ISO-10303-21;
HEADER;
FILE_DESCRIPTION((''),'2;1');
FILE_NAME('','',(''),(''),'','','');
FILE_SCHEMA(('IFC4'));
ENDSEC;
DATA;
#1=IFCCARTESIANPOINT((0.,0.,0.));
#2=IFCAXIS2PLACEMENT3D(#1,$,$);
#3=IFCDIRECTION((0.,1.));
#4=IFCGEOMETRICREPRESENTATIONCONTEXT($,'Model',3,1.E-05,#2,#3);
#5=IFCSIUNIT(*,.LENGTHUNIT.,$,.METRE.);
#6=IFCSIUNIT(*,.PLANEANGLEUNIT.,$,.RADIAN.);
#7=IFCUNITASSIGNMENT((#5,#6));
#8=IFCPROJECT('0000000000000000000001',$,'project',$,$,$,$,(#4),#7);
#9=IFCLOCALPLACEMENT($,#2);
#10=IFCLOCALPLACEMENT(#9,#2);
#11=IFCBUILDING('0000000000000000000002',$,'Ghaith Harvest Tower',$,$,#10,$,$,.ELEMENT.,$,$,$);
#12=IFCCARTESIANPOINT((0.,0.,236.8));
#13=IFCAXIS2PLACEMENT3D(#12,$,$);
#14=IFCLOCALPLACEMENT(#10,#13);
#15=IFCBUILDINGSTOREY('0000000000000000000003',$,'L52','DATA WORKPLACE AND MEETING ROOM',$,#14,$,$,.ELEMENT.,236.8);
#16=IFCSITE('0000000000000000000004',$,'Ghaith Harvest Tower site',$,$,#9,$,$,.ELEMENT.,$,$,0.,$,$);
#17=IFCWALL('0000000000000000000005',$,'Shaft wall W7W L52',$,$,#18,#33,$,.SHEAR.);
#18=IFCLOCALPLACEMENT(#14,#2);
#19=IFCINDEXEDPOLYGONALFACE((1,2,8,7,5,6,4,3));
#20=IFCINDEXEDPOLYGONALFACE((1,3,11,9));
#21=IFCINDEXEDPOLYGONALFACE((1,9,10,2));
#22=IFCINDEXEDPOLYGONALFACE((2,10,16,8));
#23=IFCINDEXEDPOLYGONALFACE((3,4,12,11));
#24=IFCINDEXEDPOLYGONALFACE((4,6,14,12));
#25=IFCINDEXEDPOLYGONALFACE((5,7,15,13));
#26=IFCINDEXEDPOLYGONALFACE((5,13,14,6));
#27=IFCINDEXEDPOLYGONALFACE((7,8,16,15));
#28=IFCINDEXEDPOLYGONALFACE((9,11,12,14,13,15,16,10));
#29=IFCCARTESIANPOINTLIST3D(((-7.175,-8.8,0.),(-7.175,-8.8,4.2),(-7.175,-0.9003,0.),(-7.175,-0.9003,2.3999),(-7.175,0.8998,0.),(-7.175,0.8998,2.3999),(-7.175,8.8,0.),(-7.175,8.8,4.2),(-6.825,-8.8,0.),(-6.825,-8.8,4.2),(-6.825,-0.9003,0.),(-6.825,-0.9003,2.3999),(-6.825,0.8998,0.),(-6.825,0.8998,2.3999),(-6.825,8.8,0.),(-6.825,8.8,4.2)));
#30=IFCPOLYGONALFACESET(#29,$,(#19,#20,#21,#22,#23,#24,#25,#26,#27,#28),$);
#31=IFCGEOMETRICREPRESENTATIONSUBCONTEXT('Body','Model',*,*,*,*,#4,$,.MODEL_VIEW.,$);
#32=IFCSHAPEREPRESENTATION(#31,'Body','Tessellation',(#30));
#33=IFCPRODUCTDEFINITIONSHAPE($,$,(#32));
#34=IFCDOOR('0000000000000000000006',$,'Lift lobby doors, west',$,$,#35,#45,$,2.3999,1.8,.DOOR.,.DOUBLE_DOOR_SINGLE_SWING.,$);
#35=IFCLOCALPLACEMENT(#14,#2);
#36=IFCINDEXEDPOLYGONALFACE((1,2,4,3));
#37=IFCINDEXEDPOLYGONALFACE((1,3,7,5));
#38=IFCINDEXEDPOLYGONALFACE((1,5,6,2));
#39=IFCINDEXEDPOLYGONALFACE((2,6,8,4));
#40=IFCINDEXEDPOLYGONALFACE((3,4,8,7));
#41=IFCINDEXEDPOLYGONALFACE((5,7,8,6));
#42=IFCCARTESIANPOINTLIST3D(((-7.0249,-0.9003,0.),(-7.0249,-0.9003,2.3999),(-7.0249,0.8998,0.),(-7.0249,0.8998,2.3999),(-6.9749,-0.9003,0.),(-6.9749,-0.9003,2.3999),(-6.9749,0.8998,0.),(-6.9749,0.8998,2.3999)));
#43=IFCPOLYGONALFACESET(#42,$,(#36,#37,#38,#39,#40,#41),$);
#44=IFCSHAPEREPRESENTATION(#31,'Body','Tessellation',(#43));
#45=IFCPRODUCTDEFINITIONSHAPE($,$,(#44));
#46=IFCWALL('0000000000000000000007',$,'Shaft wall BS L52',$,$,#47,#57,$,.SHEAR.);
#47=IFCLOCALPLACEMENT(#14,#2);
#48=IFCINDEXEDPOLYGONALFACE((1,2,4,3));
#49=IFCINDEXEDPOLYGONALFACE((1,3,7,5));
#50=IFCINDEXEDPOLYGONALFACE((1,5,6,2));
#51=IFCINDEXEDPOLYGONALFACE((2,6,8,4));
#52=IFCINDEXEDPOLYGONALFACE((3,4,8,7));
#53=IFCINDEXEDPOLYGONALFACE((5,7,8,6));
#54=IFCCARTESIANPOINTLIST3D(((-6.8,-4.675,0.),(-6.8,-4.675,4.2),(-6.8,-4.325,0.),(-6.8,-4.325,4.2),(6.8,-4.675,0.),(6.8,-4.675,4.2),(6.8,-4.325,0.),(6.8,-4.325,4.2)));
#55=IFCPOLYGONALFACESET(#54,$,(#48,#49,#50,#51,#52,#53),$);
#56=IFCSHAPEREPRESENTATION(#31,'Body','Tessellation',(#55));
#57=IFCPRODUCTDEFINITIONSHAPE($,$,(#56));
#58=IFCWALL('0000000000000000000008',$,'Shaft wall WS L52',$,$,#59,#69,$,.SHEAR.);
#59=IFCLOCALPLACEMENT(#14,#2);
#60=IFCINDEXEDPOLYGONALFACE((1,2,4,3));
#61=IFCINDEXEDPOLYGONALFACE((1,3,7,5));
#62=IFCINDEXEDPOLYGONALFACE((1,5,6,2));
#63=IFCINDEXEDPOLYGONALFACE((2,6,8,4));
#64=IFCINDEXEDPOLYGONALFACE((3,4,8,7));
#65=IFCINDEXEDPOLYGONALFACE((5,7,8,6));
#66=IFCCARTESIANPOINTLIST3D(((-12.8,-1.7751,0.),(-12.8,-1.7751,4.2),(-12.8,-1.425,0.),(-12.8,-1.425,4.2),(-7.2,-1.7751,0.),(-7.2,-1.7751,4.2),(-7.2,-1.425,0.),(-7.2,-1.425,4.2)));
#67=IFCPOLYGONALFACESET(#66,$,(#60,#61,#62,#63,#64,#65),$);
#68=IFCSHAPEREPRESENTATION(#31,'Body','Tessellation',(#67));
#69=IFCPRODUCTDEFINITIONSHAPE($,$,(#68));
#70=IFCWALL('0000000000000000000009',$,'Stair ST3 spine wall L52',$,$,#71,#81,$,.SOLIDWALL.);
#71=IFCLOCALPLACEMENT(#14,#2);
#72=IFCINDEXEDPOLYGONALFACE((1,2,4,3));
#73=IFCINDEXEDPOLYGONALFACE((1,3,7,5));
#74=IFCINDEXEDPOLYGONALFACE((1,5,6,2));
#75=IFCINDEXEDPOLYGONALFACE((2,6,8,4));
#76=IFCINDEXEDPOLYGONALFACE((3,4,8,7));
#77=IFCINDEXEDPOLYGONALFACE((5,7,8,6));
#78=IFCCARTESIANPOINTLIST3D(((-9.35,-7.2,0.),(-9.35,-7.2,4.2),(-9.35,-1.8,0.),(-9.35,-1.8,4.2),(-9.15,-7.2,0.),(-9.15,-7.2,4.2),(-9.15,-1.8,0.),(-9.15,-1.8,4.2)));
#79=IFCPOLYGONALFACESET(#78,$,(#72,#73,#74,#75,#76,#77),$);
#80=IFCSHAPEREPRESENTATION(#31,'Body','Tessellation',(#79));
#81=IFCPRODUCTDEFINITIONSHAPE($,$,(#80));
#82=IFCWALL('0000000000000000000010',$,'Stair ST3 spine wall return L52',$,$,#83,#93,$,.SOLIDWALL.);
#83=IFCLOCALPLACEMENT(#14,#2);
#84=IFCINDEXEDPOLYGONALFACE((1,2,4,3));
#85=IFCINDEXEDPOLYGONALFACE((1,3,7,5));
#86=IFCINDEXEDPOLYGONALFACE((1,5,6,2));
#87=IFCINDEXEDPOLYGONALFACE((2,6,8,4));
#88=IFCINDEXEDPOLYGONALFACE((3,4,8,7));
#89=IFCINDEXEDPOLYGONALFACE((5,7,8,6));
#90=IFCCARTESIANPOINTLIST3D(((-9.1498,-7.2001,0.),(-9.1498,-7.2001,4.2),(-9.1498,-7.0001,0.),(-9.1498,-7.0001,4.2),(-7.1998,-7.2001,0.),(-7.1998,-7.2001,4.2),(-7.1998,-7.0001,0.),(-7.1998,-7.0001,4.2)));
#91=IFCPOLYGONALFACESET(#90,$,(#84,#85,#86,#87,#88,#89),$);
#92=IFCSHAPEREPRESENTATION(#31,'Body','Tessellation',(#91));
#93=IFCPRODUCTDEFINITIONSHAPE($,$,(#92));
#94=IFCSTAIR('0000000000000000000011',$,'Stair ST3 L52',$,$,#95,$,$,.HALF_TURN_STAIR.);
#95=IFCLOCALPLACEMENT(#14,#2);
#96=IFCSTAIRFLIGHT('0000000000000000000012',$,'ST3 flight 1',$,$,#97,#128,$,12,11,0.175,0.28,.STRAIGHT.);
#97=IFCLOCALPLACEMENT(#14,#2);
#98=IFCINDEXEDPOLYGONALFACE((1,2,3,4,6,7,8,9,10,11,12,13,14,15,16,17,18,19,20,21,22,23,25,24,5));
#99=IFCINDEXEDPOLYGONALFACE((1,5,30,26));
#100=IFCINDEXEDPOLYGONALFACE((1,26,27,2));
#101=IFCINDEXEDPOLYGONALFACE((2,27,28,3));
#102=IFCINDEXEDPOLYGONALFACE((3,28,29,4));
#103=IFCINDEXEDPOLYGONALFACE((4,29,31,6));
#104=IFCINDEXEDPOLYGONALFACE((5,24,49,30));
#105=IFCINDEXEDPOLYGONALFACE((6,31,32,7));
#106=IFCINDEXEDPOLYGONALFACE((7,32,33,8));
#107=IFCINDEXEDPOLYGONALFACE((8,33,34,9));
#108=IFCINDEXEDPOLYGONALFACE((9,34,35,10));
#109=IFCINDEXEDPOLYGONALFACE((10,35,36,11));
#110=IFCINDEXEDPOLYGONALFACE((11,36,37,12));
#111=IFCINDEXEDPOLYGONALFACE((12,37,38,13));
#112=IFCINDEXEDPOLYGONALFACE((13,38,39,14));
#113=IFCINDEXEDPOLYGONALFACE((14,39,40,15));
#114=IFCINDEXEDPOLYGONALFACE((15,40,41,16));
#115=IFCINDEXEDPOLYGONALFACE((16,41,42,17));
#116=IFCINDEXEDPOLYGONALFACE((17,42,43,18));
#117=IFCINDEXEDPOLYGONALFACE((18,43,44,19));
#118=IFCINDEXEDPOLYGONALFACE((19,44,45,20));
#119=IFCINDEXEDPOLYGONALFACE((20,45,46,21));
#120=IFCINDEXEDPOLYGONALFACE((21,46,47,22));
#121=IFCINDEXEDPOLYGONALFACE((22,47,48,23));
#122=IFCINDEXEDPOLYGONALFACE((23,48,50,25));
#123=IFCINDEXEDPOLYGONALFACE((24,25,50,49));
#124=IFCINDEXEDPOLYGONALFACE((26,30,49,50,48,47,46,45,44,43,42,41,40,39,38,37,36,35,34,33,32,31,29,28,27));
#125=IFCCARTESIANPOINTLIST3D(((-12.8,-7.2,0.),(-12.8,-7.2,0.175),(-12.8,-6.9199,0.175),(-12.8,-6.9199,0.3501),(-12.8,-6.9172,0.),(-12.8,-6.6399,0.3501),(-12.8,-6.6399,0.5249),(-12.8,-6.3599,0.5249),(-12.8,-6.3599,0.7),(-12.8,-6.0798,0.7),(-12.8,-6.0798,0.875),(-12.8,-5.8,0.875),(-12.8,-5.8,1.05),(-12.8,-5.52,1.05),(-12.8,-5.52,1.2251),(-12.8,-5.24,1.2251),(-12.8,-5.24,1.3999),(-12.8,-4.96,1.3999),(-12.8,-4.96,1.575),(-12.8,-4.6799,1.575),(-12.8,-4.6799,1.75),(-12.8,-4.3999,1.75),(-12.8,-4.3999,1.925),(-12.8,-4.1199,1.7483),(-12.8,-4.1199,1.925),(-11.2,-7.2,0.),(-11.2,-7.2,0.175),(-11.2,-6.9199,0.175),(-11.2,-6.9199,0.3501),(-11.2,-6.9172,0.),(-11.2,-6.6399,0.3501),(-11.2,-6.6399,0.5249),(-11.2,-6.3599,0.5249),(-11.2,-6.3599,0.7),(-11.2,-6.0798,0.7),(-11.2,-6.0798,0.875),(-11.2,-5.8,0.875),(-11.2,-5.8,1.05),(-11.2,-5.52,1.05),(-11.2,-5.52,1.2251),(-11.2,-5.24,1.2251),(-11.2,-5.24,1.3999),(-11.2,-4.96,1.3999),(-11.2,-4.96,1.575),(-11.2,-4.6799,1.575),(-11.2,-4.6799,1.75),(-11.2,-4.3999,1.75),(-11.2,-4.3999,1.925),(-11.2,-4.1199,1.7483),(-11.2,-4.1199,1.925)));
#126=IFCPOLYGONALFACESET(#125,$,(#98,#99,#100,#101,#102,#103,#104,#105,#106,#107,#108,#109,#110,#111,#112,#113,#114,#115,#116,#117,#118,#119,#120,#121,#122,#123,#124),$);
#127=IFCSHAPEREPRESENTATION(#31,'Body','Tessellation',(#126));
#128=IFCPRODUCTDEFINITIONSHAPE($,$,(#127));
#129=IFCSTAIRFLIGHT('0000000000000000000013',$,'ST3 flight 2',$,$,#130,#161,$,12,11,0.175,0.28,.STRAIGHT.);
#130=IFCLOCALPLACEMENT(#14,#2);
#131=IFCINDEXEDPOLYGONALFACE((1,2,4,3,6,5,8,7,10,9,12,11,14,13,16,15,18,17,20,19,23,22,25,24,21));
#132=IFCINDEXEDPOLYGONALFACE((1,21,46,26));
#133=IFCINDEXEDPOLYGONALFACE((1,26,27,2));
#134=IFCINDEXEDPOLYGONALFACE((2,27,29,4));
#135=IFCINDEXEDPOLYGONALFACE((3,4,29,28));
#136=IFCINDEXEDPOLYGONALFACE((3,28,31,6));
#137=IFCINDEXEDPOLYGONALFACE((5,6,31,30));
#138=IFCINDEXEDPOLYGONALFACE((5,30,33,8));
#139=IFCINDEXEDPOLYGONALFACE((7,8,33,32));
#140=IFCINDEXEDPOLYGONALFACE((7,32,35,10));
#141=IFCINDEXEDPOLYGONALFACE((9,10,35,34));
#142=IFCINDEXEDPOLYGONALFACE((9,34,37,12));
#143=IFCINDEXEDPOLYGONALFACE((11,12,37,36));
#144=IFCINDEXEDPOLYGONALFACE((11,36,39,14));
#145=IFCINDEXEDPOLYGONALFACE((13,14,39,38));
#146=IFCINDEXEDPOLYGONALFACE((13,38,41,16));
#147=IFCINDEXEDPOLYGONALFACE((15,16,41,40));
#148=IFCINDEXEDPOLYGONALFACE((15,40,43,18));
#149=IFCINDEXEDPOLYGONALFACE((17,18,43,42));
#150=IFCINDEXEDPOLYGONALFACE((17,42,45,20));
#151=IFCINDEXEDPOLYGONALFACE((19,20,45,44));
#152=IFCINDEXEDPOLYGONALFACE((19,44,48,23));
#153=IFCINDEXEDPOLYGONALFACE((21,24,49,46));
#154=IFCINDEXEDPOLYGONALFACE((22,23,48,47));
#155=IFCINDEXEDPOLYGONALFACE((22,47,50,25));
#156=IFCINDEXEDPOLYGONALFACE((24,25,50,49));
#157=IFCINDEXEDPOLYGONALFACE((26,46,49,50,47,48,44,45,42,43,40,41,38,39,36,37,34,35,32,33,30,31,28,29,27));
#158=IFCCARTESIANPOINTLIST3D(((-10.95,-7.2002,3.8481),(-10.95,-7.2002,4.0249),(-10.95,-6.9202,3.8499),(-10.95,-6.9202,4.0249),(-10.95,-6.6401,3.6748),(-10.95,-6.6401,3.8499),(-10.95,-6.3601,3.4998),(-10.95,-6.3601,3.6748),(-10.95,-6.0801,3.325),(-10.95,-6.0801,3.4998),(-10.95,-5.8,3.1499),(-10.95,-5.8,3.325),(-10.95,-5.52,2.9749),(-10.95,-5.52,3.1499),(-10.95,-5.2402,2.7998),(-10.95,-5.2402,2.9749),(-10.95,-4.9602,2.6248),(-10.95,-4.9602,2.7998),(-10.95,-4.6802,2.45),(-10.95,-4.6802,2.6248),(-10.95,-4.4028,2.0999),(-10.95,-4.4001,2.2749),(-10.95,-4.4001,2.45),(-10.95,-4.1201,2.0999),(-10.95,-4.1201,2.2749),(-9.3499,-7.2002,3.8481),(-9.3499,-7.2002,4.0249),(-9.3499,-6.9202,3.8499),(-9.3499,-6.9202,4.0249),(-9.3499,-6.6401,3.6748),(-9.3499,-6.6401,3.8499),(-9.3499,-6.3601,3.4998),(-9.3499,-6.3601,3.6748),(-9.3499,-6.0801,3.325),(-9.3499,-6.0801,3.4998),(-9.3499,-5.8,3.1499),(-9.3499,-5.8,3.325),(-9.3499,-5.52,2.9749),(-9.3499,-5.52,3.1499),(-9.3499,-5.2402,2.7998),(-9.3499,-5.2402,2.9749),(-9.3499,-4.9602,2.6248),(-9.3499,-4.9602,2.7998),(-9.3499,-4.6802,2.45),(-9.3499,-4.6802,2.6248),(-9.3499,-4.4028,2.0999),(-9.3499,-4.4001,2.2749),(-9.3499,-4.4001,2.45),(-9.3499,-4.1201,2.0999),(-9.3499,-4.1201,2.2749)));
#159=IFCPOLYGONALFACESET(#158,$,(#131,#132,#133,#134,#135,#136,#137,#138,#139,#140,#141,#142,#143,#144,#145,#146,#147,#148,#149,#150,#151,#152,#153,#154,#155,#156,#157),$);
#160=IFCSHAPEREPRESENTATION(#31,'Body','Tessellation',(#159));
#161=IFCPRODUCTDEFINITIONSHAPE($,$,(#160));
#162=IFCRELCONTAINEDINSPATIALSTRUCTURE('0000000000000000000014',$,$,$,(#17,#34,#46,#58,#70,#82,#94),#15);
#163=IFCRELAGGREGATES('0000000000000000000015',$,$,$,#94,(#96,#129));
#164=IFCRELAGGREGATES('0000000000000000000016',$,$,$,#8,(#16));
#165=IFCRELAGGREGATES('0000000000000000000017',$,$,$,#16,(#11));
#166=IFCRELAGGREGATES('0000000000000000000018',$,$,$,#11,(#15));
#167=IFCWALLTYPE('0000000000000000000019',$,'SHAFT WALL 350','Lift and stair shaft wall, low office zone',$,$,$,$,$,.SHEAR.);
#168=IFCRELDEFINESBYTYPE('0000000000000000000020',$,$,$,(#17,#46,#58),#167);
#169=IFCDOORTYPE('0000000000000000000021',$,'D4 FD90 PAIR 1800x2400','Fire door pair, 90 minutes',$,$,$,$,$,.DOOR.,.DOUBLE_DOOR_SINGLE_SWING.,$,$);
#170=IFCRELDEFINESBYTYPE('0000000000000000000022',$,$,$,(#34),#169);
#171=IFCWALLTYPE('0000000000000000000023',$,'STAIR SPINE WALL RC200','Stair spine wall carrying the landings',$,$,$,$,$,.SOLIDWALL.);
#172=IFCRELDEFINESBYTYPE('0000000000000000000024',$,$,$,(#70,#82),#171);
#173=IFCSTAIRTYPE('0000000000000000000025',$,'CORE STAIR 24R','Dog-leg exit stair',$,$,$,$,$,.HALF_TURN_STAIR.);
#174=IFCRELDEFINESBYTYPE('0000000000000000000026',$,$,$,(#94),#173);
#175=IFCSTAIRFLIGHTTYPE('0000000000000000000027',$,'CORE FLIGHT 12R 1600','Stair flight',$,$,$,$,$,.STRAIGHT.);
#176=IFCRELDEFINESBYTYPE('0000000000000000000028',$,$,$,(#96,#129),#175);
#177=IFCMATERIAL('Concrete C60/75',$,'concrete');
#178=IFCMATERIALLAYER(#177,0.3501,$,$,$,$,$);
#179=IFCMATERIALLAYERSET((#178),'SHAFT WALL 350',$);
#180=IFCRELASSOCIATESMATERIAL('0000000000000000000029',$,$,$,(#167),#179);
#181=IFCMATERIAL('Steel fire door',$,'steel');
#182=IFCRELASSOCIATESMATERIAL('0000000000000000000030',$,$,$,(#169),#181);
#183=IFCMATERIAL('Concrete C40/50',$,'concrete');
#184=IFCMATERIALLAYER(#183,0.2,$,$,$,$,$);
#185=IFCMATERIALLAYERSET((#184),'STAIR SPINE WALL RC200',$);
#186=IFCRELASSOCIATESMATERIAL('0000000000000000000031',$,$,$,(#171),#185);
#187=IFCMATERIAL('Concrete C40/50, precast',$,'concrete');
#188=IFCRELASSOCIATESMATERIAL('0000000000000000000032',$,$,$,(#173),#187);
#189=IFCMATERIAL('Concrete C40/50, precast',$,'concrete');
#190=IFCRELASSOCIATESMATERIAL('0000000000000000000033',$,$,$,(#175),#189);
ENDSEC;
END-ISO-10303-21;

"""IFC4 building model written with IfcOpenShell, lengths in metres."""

from ifc_helpers import new_model, si_unit, direction, frame, frame_2d, origin, place, context, subcontext, project, spatial, polyline, rectangle, outline, extrude, material, layer, layer_set, type_object, element, fill, aggregate, save


model = new_model("IFC4")

# Units and contexts
model_context = context("Model", 3, precision=1e-05, world=origin(), true_north=direction((0.0, 1.0)))
body_context = subcontext(model_context, "Body", "Model", "MODEL_VIEW")
ifc_project = project(units=[si_unit("LENGTHUNIT", "METRE"), si_unit("PLANEANGLEUNIT", "RADIAN")], contexts=[model_context])

# Site, building, storey
site_placement = place(None, origin())
site = spatial("IfcSite", under=ifc_project, at=site_placement, Name="Ghaith Harvest Tower site", CompositionType="ELEMENT", RefElevation=0.0)
building_placement = place(site_placement, origin())
building = spatial("IfcBuilding", under=site, at=building_placement, Name="Ghaith Harvest Tower", CompositionType="ELEMENT")
storey_placement = place(building_placement, frame((0.0, 0.0, 236.8)))
storey = spatial("IfcBuildingStorey", under=building, at=storey_placement, Name="L52", Description="DATA WORKPLACE AND MEETING ROOM", CompositionType="ELEMENT", Elevation=236.8)

# Wall, opening, door
ifc_material_1 = material(Name="Concrete C60/75", Category="concrete")
ifc_layer_1 = layer(ifc_material_1, 0.3501)
ifc_layer_set_1 = layer_set([ifc_layer_1], Name="SHAFT WALL 350")
wall_type_1 = type_object("IfcWallType", Name="SHAFT WALL 350", Description="Lift and stair shaft wall, low office zone", PredefinedType="SHEAR", material=ifc_layer_set_1)
wall_1_placement = place(storey_placement, frame((-7.0, -8.8, 0.0), z_axis=(0.0, 0.0, 1.0), x_axis=(0.0, 1.0, 0.0)))
wall_1 = element("IfcWall", 1, at=wall_1_placement, inside=storey, type_object=wall_type_1, Name="Shaft wall W7W L52", PredefinedType="SHEAR", context=body_context, shape_type="SweptSolid", body=[
    extrude(rectangle(XDim=17.6001, YDim=0.3501, at=frame_2d((8.8, 0.0))), origin(), (0.0, 0.0, 1.0), 4.2),
])
opening_1_placement = place(wall_1_placement, frame((7.8999, 0.0, 0.0)))
opening_1 = element("IfcOpeningElement", 2, at=opening_1_placement, cuts=wall_1, PredefinedType="OPENING", context=body_context, shape_type="SweptSolid", body=[
    extrude(rectangle(XDim=1.8, YDim=2.3999, at=frame_2d((0.8999, 1.2))), frame((0.0, 0.1851, 0.0), z_axis=(0.0, -1.0, 0.0), x_axis=(1.0, 0.0, 0.0)), (0.0, 0.0, 1.0), 0.3701),
])
ifc_material_2 = material(Name="Steel fire door", Category="steel")
door_type_1 = type_object("IfcDoorType", Name="D4 FD90 PAIR 1800x2400", Description="Fire door pair, 90 minutes", OperationType="DOUBLE_DOOR_SINGLE_SWING", PredefinedType="DOOR", material=ifc_material_2)
door_1_placement = place(opening_1_placement, origin())
door_1 = element("IfcDoor", 3, at=door_1_placement, inside=storey, type_object=door_type_1, Name="Lift lobby doors, west", OperationType="DOUBLE_DOOR_SINGLE_SWING", OverallHeight=2.3999, OverallWidth=1.8, PredefinedType="DOOR", context=body_context, shape_type="SweptSolid", body=[
    extrude(rectangle(XDim=1.8, YDim=2.3999, at=frame_2d((0.8999, 1.2))), frame((0.0, 0.0249, 0.0), z_axis=(0.0, -1.0, 0.0), x_axis=(1.0, 0.0, 0.0)), (0.0, 0.0, 1.0), 0.05),
])
fill(opening_1, door_1)

# Walls
wall_2_placement = place(storey_placement, frame((-6.8, -4.5, 0.0), z_axis=(0.0, 0.0, 1.0), x_axis=(1.0, 0.0, 0.0)))
element("IfcWall", 4, at=wall_2_placement, inside=storey, type_object=wall_type_1, Name="Shaft wall BS L52", PredefinedType="SHEAR", context=body_context, shape_type="SweptSolid", body=[
    extrude(rectangle(XDim=13.6001, YDim=0.3501, at=frame_2d((6.8, 0.0))), origin(), (0.0, 0.0, 1.0), 4.2),
])
wall_3_placement = place(storey_placement, frame((-12.8, -1.6001, 0.0), z_axis=(0.0, 0.0, 1.0), x_axis=(1.0, 0.0, 0.0)))
element("IfcWall", 5, at=wall_3_placement, inside=storey, type_object=wall_type_1, Name="Shaft wall WS L52", PredefinedType="SHEAR", context=body_context, shape_type="SweptSolid", body=[
    extrude(rectangle(XDim=5.6001, YDim=0.3501, at=frame_2d((2.8, 0.0))), origin(), (0.0, 0.0, 1.0), 4.2),
])
ifc_material_3 = material(Name="Concrete C40/50", Category="concrete")
ifc_layer_2 = layer(ifc_material_3, 0.2)
ifc_layer_set_2 = layer_set([ifc_layer_2], Name="STAIR SPINE WALL RC200")
wall_type_2 = type_object("IfcWallType", Name="STAIR SPINE WALL RC200", Description="Stair spine wall carrying the landings", PredefinedType="SOLIDWALL", material=ifc_layer_set_2)
wall_4_placement = place(storey_placement, frame((-9.25, -7.2, 0.0), z_axis=(0.0, 0.0, 1.0), x_axis=(0.0, 1.0, 0.0)))
element("IfcWall", 6, at=wall_4_placement, inside=storey, type_object=wall_type_2, Name="Stair ST3 spine wall L52", PredefinedType="SOLIDWALL", context=body_context, shape_type="SweptSolid", body=[
    extrude(rectangle(XDim=5.3999, YDim=0.2, at=frame_2d((2.7, 0.0))), origin(), (0.0, 0.0, 1.0), 4.2),
])
wall_5_placement = place(storey_placement, frame((-9.1499, -7.1001, 0.0), z_axis=(0.0, 0.0, 1.0), x_axis=(1.0, 0.0, 0.0)))
element("IfcWall", 7, at=wall_5_placement, inside=storey, type_object=wall_type_2, Name="Stair ST3 spine wall return L52", PredefinedType="SOLIDWALL", context=body_context, shape_type="SweptSolid", body=[
    extrude(rectangle(XDim=1.95, YDim=0.2, at=frame_2d((0.9751, 0.0))), origin(), (0.0, 0.0, 1.0), 4.2),
])

# Stair, stair flights
ifc_material_4 = material(Name="Concrete C40/50, precast", Category="concrete")
stair_type = type_object("IfcStairType", Name="CORE STAIR 24R", Description="Dog-leg exit stair", PredefinedType="HALF_TURN_STAIR", material=ifc_material_4)
stair_placement = place(storey_placement, origin())
stair = element("IfcStair", 8, at=stair_placement, inside=storey, type_object=stair_type, Name="Stair ST3 L52", PredefinedType="HALF_TURN_STAIR")
ifc_material_5 = material(Name="Concrete C40/50, precast", Category="concrete")
stair_flight_type = type_object("IfcStairFlightType", Name="CORE FLIGHT 12R 1600", Description="Stair flight", PredefinedType="STRAIGHT", material=ifc_material_5)
stair_flight_1_placement = place(storey_placement, frame((-12.0, -7.2, 0.0), z_axis=(0.0, 0.0, 1.0), x_axis=(0.0, 1.0, 0.0)))
stair_flight_1 = element("IfcStairFlight", 9, at=stair_flight_1_placement, type_object=stair_flight_type, Name="ST3 flight 1", NumberOfRisers=12, NumberOfTreads=11, PredefinedType="STRAIGHT", RiserHeight=0.175, TreadLength=0.28, context=body_context, shape_type="SweptSolid", body=[
    extrude(outline(polyline([(0.0, 0.0), (0.0, 0.175), (0.28, 0.175), (0.28, 0.3501), (0.5601, 0.3501), (0.5601, 0.5249), (0.8401, 0.5249), (0.8401, 0.7), (1.1201, 0.7), (1.1201, 0.875), (1.3999, 0.875), (1.3999, 1.05), (1.6799, 1.05), (1.6799, 1.2251), (1.96, 1.2251), (1.96, 1.3999), (2.24, 1.3999), (2.24, 1.575), (2.52, 1.575), (2.52, 1.75), (2.8, 1.75), (2.8, 1.925), (3.0801, 1.925), (3.0801, 2.1001), (3.0801, 1.7483), (0.2827, 0.0), (0.0, 0.0)])), frame((0.0, 0.8, 0.0), z_axis=(0.0, -1.0, 0.0), x_axis=(1.0, 0.0, 0.0)), (0.0, 0.0, 1.0), 1.6001),
])
stair_flight_2_placement = place(storey_placement, frame((-10.1499, -4.1201, 2.0999), z_axis=(0.0, 0.0, 1.0), x_axis=(0.0, -1.0, 0.0)))
stair_flight_2 = element("IfcStairFlight", 10, at=stair_flight_2_placement, type_object=stair_flight_type, Name="ST3 flight 2", NumberOfRisers=12, NumberOfTreads=11, PredefinedType="STRAIGHT", RiserHeight=0.175, TreadLength=0.28, context=body_context, shape_type="SweptSolid", body=[
    extrude(outline(polyline([(0.0, 0.0), (0.0, 0.175), (0.28, 0.175), (0.28, 0.3501), (0.5601, 0.3501), (0.5601, 0.5249), (0.8401, 0.5249), (0.8401, 0.7), (1.1201, 0.7), (1.1201, 0.875), (1.3999, 0.875), (1.3999, 1.05), (1.6799, 1.05), (1.6799, 1.2251), (1.96, 1.2251), (1.96, 1.3999), (2.24, 1.3999), (2.24, 1.575), (2.52, 1.575), (2.52, 1.75), (2.8, 1.75), (2.8, 1.925), (3.0801, 1.925), (3.0801, 2.1001), (3.0801, 1.7483), (0.2827, 0.0), (0.0, 0.0)])), frame((0.0, 0.8, 0.0), z_axis=(0.0, -1.0, 0.0), x_axis=(1.0, 0.0, 0.0)), (0.0, 0.0, 1.0), 1.6001),
])
aggregate(stair, [stair_flight_1, stair_flight_2])

save(model, "model.ifc")
